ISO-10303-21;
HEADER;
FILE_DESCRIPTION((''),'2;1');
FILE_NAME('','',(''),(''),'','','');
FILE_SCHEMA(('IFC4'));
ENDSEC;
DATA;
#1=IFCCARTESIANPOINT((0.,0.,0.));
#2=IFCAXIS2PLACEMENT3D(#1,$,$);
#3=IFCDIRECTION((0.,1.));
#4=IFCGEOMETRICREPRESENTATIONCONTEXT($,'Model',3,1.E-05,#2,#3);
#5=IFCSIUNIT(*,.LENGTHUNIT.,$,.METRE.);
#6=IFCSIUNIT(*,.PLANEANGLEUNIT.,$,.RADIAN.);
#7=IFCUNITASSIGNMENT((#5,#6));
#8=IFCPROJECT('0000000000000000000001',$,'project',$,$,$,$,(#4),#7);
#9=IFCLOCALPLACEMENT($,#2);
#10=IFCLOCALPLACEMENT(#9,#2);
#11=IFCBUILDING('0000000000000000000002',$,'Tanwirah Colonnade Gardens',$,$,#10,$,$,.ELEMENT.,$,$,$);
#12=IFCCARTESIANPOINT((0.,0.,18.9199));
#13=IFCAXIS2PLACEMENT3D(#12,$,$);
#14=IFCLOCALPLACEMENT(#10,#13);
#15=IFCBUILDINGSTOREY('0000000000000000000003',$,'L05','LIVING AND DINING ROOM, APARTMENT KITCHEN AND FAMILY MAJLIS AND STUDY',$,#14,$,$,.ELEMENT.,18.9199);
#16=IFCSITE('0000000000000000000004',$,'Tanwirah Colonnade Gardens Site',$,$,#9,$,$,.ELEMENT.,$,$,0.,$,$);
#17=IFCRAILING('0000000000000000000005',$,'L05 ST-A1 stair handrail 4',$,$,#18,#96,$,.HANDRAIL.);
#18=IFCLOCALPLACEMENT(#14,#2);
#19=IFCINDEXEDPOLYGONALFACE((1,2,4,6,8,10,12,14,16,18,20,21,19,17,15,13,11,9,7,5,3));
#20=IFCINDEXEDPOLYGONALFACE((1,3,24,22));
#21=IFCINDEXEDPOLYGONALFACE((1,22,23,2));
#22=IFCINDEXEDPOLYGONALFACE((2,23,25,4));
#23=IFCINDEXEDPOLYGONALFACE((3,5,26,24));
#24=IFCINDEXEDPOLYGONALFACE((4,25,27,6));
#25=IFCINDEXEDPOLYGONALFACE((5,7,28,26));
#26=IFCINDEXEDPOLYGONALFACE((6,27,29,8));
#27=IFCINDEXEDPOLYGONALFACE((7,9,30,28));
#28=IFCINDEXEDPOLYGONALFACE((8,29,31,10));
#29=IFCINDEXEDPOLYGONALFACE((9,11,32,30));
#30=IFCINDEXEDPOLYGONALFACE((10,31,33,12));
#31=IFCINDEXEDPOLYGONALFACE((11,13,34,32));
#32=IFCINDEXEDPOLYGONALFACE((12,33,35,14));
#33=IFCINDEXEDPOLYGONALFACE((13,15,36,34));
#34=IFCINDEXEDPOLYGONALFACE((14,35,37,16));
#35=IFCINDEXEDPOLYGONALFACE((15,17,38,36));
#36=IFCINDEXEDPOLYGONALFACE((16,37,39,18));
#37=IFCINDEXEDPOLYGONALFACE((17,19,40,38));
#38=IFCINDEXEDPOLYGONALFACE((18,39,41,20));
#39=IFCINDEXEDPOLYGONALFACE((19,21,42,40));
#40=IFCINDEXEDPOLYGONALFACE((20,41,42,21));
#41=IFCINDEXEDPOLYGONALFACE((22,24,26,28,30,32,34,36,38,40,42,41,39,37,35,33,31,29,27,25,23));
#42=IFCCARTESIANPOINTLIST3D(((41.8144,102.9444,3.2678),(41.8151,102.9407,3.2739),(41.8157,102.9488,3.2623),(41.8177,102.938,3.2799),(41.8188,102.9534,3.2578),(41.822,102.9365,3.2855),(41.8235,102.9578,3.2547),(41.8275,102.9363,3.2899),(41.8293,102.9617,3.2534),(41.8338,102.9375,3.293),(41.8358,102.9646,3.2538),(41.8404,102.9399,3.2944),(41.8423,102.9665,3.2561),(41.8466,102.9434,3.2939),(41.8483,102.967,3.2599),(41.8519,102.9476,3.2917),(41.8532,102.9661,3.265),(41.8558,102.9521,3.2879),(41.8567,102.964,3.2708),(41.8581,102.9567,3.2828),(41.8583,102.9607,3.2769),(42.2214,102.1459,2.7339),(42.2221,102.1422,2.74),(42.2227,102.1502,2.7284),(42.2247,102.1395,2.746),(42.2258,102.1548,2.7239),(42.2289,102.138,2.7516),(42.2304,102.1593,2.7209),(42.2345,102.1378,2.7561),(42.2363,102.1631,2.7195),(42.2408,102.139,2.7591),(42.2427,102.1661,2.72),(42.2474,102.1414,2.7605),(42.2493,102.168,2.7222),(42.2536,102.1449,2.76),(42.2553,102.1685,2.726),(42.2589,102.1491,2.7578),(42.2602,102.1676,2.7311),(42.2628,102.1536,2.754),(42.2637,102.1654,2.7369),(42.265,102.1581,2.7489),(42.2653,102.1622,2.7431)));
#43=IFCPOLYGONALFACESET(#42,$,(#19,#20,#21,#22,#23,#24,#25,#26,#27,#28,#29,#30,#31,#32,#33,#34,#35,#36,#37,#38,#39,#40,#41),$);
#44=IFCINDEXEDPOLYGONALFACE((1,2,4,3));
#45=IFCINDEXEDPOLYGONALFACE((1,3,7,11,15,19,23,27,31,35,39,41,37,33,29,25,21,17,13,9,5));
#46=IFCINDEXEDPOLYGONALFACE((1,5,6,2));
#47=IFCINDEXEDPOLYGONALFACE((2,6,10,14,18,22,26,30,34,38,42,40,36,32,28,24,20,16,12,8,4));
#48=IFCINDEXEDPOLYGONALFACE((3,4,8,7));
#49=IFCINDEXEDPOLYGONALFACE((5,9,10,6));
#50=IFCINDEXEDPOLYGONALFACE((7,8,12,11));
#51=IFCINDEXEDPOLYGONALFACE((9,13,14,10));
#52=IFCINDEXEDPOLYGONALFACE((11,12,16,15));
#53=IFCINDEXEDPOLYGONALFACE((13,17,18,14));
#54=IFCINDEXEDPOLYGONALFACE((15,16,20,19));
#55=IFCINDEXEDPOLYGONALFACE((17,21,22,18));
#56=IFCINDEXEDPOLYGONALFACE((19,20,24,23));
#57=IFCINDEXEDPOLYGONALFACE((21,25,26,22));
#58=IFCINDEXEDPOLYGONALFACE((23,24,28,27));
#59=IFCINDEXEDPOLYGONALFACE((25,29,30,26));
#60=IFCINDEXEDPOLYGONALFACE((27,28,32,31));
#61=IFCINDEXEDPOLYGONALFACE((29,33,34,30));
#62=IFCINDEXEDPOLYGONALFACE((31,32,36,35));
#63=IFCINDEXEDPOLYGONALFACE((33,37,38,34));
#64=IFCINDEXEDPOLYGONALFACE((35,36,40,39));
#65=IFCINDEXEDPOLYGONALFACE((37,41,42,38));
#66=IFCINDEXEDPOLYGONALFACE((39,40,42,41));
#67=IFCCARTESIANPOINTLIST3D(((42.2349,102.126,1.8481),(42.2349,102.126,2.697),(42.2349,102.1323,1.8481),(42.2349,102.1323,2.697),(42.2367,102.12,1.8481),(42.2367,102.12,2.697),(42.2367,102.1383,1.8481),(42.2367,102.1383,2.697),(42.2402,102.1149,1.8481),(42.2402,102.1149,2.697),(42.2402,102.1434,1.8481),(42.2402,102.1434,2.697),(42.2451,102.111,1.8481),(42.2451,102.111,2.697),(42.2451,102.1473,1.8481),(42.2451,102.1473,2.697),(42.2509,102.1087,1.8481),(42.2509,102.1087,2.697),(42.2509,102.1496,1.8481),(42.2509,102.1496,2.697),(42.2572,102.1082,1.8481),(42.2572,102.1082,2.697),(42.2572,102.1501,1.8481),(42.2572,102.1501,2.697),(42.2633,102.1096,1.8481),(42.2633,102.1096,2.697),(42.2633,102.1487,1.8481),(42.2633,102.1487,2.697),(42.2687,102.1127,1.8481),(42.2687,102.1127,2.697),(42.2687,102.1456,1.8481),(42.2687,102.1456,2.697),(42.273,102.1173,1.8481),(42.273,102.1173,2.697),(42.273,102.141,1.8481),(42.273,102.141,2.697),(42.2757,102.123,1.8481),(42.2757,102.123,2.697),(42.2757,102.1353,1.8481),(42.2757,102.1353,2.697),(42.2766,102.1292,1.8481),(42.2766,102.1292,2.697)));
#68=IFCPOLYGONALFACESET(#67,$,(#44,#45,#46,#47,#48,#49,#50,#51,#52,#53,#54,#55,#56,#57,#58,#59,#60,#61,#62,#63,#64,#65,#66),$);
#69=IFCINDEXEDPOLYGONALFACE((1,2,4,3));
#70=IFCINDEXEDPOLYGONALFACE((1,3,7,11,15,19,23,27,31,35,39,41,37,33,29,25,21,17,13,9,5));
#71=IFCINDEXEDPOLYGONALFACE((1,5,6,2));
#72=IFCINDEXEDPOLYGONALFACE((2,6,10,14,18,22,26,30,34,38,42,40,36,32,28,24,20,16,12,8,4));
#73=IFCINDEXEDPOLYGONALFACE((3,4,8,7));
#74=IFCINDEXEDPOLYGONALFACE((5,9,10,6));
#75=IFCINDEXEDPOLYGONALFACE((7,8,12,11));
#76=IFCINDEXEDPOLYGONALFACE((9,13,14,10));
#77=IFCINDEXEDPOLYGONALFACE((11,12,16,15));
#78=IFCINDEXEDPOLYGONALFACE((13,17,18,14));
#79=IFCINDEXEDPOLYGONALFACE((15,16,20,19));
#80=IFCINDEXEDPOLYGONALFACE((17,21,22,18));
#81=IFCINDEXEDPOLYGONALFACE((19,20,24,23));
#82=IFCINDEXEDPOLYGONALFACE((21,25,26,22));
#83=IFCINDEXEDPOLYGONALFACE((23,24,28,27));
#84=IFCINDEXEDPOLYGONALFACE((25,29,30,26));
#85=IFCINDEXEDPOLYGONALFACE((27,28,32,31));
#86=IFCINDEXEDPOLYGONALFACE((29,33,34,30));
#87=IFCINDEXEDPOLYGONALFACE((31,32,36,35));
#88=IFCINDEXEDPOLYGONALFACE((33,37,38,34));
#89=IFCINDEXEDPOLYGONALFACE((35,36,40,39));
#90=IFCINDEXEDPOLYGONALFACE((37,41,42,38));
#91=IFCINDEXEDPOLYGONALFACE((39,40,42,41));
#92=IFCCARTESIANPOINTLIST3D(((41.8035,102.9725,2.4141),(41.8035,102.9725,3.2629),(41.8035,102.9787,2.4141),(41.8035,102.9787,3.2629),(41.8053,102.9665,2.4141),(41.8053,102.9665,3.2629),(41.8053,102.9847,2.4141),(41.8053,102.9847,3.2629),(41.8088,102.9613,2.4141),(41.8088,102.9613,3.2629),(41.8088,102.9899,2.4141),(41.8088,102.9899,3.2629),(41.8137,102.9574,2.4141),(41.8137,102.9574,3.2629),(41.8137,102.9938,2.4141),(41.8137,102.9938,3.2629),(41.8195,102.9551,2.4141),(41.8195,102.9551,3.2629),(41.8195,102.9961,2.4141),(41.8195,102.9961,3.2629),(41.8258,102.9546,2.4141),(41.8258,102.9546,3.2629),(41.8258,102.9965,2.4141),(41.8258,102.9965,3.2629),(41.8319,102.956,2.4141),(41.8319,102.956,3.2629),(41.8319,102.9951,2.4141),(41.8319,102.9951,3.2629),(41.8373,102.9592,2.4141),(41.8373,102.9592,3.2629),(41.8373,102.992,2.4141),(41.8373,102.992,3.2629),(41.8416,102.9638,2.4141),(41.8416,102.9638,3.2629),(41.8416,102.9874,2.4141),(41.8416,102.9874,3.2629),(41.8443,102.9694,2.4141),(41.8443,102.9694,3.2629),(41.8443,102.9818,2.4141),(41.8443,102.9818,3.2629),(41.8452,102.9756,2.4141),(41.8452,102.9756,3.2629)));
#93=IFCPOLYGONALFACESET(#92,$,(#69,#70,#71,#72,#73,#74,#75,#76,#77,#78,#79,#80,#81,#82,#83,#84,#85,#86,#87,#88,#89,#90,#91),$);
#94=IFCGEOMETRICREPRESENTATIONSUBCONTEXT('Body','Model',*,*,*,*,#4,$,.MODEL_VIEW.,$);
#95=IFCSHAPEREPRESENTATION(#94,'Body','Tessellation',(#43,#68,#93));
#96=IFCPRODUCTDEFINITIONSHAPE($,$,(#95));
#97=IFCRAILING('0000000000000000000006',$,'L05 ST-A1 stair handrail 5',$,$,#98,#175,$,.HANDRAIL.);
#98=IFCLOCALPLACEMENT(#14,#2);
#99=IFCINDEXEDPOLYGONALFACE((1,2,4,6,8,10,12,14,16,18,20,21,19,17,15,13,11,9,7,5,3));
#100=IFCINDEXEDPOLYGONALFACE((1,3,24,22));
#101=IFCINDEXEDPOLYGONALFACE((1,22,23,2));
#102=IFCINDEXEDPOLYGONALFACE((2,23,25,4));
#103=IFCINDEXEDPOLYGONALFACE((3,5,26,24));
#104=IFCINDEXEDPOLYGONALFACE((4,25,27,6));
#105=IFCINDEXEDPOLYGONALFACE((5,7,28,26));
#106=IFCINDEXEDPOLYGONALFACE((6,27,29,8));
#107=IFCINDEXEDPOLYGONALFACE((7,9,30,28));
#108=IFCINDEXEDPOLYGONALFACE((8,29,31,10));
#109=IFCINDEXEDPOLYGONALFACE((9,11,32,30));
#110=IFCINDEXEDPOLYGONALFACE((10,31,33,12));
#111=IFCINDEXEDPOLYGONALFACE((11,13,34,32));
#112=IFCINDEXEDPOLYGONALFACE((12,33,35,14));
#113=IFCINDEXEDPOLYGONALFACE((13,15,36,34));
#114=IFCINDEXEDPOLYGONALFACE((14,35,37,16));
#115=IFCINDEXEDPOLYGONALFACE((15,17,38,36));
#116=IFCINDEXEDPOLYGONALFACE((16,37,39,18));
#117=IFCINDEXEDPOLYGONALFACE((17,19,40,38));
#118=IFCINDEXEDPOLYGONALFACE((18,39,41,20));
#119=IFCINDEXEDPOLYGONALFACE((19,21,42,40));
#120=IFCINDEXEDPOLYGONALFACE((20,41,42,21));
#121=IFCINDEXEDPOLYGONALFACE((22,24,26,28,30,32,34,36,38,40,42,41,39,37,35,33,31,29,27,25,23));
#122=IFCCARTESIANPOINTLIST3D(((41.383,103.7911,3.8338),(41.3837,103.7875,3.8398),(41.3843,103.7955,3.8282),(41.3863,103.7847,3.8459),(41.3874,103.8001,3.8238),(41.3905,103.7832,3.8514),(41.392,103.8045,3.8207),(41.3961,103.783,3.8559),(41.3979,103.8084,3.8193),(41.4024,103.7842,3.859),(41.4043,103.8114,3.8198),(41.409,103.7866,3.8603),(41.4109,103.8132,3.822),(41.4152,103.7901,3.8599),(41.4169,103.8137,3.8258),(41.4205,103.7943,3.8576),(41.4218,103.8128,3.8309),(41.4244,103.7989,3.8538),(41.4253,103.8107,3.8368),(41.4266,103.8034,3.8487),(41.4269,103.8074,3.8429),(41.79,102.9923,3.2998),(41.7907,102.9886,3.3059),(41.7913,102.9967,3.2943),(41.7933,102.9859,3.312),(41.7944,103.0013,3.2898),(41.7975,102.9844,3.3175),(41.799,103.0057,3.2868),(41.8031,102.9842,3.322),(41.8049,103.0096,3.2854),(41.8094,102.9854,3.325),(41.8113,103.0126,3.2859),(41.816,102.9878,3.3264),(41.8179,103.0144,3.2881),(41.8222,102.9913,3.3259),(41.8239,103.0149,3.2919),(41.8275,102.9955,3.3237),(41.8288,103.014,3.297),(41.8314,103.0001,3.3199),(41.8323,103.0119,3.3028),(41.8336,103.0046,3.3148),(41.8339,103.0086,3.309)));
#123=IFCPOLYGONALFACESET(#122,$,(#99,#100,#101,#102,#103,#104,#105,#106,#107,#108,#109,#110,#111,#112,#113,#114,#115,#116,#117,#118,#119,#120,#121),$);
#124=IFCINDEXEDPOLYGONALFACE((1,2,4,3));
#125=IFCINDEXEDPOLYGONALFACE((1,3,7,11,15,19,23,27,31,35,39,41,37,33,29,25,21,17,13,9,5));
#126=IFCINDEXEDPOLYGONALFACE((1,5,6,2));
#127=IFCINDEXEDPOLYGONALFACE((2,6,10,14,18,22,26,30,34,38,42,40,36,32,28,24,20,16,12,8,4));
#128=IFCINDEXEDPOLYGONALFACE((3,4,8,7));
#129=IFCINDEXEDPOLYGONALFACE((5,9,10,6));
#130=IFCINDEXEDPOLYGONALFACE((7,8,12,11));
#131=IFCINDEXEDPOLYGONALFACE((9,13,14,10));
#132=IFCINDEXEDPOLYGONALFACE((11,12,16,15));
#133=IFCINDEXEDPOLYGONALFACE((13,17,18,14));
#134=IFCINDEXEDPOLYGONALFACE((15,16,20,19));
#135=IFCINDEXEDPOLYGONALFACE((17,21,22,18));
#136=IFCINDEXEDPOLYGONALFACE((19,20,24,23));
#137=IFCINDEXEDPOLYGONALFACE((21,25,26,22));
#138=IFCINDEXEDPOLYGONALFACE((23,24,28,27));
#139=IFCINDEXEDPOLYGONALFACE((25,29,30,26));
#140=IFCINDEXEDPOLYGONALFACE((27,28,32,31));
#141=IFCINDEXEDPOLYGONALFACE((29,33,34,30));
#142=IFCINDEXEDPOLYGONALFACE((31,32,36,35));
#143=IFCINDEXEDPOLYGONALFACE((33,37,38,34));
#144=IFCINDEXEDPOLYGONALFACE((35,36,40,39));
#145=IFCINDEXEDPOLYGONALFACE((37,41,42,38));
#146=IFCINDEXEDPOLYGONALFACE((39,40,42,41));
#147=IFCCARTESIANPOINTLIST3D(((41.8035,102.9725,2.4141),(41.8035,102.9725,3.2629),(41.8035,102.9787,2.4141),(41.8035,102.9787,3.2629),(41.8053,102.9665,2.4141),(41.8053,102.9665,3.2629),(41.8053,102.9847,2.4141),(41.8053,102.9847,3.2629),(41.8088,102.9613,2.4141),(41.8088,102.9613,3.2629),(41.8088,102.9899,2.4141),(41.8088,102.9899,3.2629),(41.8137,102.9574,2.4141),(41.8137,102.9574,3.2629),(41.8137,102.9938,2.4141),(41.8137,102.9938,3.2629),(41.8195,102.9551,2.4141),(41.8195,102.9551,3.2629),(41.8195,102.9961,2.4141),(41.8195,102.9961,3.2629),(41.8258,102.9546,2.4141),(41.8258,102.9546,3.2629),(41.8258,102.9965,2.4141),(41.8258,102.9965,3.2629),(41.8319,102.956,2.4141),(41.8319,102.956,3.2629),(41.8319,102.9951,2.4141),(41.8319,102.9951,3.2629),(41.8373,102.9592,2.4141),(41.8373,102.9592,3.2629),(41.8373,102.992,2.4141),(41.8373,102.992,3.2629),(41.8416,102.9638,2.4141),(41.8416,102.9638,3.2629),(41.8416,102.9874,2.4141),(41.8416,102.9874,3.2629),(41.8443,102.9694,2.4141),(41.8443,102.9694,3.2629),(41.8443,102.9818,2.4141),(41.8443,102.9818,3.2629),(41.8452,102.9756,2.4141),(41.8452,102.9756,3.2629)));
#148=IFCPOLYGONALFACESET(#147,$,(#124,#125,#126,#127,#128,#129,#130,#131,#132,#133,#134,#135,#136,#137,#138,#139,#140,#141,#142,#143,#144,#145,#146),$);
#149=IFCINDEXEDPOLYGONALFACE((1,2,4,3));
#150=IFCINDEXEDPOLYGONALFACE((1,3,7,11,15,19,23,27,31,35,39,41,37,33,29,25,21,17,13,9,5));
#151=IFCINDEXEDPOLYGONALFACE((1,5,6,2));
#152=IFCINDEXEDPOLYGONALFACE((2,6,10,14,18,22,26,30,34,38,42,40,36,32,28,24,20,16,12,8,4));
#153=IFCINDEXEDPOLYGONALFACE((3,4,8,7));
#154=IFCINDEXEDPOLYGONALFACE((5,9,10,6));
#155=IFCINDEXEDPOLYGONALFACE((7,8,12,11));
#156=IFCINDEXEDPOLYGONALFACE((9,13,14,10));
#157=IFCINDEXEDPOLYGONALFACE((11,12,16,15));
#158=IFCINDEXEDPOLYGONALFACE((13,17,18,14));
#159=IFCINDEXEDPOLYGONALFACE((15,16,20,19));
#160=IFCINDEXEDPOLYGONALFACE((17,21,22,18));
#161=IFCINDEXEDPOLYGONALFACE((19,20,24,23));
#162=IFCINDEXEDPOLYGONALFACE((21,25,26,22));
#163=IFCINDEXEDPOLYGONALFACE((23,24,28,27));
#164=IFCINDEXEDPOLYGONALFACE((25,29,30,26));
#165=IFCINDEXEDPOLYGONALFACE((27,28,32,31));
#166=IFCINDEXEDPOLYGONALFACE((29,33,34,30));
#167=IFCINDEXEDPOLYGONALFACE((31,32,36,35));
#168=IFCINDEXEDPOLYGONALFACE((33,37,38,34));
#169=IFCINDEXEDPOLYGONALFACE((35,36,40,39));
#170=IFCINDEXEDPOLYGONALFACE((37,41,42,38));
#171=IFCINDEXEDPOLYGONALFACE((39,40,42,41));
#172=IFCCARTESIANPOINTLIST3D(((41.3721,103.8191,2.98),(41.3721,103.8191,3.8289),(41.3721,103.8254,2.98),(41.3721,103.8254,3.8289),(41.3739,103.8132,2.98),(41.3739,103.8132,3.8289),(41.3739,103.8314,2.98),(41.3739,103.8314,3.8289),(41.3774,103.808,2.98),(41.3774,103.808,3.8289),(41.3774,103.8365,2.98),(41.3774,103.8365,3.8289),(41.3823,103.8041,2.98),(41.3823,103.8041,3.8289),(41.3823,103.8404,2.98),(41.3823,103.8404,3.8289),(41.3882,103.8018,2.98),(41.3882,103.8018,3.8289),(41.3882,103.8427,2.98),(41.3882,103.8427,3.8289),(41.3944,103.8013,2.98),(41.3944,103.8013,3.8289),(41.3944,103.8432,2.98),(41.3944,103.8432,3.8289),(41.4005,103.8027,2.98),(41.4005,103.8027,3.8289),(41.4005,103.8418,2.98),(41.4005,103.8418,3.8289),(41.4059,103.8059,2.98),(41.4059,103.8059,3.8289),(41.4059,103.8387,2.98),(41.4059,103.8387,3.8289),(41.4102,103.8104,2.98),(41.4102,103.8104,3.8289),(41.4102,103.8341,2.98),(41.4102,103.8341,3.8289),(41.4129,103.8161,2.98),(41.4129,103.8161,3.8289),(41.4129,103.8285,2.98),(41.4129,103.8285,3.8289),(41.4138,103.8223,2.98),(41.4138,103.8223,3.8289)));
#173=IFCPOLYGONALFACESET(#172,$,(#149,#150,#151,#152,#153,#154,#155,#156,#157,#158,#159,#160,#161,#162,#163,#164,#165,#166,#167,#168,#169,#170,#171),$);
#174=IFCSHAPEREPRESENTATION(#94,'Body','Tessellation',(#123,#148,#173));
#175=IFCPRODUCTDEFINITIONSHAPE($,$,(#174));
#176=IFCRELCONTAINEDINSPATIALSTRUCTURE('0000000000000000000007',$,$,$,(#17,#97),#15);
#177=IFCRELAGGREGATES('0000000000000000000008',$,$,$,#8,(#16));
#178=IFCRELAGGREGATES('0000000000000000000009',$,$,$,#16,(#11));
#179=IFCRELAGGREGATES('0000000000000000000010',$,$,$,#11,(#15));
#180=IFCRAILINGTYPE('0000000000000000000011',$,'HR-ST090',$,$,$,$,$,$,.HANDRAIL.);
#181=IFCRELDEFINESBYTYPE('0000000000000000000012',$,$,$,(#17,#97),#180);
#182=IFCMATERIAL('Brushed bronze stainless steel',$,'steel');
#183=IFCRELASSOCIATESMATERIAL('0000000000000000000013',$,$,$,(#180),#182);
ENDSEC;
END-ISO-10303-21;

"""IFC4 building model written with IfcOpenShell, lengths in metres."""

from ifc_helpers import new_model, si_unit, direction, frame, origin, origin_2d, place, context, subcontext, project, spatial, circle, extrude, material, type_object, element, save


model = new_model("IFC4")

# Units and contexts
model_context = context("Model", 3, precision=1e-05, world=origin(), true_north=direction((0.0, 1.0)))
body_context = subcontext(model_context, "Body", "Model", "MODEL_VIEW")
ifc_project = project(units=[si_unit("LENGTHUNIT", "METRE"), si_unit("PLANEANGLEUNIT", "RADIAN")], contexts=[model_context])

# Site, building, storey
site_placement = place(None, origin())
site = spatial("IfcSite", under=ifc_project, at=site_placement, Name="Tanwirah Colonnade Gardens Site", CompositionType="ELEMENT", RefElevation=0.0)
building_placement = place(site_placement, origin())
building = spatial("IfcBuilding", under=site, at=building_placement, Name="Tanwirah Colonnade Gardens", CompositionType="ELEMENT")
storey_placement = place(building_placement, frame((0.0, 0.0, 18.9199)))
storey = spatial("IfcBuildingStorey", under=building, at=storey_placement, Name="L05", Description="LIVING AND DINING ROOM, APARTMENT KITCHEN AND FAMILY MAJLIS AND STUDY", CompositionType="ELEMENT", Elevation=18.9199)

# Railings
ifc_material_1 = material(Name="Brushed bronze stainless steel", Category="steel")
railing_type_1 = type_object("IfcRailingType", Name="HR-ST090", PredefinedType="HANDRAIL", material=ifc_material_1)
railing_1_placement = place(storey_placement, frame((42.2556, 102.1292, 1.8481)))
element("IfcRailing", 1, at=railing_1_placement, inside=storey, type_object=railing_type_1, Name="L05 ST-A1 stair handrail 4", PredefinedType="HANDRAIL", context=body_context, shape_type="SweptSolid", body=[
    extrude(circle(Radius=0.0239, at=origin_2d()), frame((-0.0122, 0.0239, 0.8918), z_axis=(-0.390118, 0.765443, 0.511767), x_axis=(-0.890957, -0.454087, 0.0)), (0.0, 0.0, 1.0), 1.0432),
    extrude(circle(Radius=0.021, at=origin_2d()), origin(), (0.0, 0.0, 1.0), 0.8489),
    extrude(circle(Radius=0.021, at=origin_2d()), frame((-0.4314, 0.8464, 0.5659)), (0.0, 0.0, 1.0), 0.8489),
])
railing_2_placement = place(storey_placement, frame((41.8242, 102.9756, 2.4141)))
element("IfcRailing", 2, at=railing_2_placement, inside=storey, type_object=railing_type_1, Name="L05 ST-A1 stair handrail 5", PredefinedType="HANDRAIL", context=body_context, shape_type="SweptSolid", body=[
    extrude(circle(Radius=0.0239, at=origin_2d()), frame((-0.0122, 0.0239, 0.8918), z_axis=(-0.390052, 0.765534, 0.511681), x_axis=(-0.89101, -0.453984, 0.0)), (0.0, 0.0, 1.0), 1.0435),
    extrude(circle(Radius=0.021, at=origin_2d()), origin(), (0.0, 0.0, 1.0), 0.8489),
    extrude(circle(Radius=0.021, at=origin_2d()), frame((-0.4314, 0.8467, 0.5659)), (0.0, 0.0, 1.0), 0.8489),
])

save(model, "model.ifc")
